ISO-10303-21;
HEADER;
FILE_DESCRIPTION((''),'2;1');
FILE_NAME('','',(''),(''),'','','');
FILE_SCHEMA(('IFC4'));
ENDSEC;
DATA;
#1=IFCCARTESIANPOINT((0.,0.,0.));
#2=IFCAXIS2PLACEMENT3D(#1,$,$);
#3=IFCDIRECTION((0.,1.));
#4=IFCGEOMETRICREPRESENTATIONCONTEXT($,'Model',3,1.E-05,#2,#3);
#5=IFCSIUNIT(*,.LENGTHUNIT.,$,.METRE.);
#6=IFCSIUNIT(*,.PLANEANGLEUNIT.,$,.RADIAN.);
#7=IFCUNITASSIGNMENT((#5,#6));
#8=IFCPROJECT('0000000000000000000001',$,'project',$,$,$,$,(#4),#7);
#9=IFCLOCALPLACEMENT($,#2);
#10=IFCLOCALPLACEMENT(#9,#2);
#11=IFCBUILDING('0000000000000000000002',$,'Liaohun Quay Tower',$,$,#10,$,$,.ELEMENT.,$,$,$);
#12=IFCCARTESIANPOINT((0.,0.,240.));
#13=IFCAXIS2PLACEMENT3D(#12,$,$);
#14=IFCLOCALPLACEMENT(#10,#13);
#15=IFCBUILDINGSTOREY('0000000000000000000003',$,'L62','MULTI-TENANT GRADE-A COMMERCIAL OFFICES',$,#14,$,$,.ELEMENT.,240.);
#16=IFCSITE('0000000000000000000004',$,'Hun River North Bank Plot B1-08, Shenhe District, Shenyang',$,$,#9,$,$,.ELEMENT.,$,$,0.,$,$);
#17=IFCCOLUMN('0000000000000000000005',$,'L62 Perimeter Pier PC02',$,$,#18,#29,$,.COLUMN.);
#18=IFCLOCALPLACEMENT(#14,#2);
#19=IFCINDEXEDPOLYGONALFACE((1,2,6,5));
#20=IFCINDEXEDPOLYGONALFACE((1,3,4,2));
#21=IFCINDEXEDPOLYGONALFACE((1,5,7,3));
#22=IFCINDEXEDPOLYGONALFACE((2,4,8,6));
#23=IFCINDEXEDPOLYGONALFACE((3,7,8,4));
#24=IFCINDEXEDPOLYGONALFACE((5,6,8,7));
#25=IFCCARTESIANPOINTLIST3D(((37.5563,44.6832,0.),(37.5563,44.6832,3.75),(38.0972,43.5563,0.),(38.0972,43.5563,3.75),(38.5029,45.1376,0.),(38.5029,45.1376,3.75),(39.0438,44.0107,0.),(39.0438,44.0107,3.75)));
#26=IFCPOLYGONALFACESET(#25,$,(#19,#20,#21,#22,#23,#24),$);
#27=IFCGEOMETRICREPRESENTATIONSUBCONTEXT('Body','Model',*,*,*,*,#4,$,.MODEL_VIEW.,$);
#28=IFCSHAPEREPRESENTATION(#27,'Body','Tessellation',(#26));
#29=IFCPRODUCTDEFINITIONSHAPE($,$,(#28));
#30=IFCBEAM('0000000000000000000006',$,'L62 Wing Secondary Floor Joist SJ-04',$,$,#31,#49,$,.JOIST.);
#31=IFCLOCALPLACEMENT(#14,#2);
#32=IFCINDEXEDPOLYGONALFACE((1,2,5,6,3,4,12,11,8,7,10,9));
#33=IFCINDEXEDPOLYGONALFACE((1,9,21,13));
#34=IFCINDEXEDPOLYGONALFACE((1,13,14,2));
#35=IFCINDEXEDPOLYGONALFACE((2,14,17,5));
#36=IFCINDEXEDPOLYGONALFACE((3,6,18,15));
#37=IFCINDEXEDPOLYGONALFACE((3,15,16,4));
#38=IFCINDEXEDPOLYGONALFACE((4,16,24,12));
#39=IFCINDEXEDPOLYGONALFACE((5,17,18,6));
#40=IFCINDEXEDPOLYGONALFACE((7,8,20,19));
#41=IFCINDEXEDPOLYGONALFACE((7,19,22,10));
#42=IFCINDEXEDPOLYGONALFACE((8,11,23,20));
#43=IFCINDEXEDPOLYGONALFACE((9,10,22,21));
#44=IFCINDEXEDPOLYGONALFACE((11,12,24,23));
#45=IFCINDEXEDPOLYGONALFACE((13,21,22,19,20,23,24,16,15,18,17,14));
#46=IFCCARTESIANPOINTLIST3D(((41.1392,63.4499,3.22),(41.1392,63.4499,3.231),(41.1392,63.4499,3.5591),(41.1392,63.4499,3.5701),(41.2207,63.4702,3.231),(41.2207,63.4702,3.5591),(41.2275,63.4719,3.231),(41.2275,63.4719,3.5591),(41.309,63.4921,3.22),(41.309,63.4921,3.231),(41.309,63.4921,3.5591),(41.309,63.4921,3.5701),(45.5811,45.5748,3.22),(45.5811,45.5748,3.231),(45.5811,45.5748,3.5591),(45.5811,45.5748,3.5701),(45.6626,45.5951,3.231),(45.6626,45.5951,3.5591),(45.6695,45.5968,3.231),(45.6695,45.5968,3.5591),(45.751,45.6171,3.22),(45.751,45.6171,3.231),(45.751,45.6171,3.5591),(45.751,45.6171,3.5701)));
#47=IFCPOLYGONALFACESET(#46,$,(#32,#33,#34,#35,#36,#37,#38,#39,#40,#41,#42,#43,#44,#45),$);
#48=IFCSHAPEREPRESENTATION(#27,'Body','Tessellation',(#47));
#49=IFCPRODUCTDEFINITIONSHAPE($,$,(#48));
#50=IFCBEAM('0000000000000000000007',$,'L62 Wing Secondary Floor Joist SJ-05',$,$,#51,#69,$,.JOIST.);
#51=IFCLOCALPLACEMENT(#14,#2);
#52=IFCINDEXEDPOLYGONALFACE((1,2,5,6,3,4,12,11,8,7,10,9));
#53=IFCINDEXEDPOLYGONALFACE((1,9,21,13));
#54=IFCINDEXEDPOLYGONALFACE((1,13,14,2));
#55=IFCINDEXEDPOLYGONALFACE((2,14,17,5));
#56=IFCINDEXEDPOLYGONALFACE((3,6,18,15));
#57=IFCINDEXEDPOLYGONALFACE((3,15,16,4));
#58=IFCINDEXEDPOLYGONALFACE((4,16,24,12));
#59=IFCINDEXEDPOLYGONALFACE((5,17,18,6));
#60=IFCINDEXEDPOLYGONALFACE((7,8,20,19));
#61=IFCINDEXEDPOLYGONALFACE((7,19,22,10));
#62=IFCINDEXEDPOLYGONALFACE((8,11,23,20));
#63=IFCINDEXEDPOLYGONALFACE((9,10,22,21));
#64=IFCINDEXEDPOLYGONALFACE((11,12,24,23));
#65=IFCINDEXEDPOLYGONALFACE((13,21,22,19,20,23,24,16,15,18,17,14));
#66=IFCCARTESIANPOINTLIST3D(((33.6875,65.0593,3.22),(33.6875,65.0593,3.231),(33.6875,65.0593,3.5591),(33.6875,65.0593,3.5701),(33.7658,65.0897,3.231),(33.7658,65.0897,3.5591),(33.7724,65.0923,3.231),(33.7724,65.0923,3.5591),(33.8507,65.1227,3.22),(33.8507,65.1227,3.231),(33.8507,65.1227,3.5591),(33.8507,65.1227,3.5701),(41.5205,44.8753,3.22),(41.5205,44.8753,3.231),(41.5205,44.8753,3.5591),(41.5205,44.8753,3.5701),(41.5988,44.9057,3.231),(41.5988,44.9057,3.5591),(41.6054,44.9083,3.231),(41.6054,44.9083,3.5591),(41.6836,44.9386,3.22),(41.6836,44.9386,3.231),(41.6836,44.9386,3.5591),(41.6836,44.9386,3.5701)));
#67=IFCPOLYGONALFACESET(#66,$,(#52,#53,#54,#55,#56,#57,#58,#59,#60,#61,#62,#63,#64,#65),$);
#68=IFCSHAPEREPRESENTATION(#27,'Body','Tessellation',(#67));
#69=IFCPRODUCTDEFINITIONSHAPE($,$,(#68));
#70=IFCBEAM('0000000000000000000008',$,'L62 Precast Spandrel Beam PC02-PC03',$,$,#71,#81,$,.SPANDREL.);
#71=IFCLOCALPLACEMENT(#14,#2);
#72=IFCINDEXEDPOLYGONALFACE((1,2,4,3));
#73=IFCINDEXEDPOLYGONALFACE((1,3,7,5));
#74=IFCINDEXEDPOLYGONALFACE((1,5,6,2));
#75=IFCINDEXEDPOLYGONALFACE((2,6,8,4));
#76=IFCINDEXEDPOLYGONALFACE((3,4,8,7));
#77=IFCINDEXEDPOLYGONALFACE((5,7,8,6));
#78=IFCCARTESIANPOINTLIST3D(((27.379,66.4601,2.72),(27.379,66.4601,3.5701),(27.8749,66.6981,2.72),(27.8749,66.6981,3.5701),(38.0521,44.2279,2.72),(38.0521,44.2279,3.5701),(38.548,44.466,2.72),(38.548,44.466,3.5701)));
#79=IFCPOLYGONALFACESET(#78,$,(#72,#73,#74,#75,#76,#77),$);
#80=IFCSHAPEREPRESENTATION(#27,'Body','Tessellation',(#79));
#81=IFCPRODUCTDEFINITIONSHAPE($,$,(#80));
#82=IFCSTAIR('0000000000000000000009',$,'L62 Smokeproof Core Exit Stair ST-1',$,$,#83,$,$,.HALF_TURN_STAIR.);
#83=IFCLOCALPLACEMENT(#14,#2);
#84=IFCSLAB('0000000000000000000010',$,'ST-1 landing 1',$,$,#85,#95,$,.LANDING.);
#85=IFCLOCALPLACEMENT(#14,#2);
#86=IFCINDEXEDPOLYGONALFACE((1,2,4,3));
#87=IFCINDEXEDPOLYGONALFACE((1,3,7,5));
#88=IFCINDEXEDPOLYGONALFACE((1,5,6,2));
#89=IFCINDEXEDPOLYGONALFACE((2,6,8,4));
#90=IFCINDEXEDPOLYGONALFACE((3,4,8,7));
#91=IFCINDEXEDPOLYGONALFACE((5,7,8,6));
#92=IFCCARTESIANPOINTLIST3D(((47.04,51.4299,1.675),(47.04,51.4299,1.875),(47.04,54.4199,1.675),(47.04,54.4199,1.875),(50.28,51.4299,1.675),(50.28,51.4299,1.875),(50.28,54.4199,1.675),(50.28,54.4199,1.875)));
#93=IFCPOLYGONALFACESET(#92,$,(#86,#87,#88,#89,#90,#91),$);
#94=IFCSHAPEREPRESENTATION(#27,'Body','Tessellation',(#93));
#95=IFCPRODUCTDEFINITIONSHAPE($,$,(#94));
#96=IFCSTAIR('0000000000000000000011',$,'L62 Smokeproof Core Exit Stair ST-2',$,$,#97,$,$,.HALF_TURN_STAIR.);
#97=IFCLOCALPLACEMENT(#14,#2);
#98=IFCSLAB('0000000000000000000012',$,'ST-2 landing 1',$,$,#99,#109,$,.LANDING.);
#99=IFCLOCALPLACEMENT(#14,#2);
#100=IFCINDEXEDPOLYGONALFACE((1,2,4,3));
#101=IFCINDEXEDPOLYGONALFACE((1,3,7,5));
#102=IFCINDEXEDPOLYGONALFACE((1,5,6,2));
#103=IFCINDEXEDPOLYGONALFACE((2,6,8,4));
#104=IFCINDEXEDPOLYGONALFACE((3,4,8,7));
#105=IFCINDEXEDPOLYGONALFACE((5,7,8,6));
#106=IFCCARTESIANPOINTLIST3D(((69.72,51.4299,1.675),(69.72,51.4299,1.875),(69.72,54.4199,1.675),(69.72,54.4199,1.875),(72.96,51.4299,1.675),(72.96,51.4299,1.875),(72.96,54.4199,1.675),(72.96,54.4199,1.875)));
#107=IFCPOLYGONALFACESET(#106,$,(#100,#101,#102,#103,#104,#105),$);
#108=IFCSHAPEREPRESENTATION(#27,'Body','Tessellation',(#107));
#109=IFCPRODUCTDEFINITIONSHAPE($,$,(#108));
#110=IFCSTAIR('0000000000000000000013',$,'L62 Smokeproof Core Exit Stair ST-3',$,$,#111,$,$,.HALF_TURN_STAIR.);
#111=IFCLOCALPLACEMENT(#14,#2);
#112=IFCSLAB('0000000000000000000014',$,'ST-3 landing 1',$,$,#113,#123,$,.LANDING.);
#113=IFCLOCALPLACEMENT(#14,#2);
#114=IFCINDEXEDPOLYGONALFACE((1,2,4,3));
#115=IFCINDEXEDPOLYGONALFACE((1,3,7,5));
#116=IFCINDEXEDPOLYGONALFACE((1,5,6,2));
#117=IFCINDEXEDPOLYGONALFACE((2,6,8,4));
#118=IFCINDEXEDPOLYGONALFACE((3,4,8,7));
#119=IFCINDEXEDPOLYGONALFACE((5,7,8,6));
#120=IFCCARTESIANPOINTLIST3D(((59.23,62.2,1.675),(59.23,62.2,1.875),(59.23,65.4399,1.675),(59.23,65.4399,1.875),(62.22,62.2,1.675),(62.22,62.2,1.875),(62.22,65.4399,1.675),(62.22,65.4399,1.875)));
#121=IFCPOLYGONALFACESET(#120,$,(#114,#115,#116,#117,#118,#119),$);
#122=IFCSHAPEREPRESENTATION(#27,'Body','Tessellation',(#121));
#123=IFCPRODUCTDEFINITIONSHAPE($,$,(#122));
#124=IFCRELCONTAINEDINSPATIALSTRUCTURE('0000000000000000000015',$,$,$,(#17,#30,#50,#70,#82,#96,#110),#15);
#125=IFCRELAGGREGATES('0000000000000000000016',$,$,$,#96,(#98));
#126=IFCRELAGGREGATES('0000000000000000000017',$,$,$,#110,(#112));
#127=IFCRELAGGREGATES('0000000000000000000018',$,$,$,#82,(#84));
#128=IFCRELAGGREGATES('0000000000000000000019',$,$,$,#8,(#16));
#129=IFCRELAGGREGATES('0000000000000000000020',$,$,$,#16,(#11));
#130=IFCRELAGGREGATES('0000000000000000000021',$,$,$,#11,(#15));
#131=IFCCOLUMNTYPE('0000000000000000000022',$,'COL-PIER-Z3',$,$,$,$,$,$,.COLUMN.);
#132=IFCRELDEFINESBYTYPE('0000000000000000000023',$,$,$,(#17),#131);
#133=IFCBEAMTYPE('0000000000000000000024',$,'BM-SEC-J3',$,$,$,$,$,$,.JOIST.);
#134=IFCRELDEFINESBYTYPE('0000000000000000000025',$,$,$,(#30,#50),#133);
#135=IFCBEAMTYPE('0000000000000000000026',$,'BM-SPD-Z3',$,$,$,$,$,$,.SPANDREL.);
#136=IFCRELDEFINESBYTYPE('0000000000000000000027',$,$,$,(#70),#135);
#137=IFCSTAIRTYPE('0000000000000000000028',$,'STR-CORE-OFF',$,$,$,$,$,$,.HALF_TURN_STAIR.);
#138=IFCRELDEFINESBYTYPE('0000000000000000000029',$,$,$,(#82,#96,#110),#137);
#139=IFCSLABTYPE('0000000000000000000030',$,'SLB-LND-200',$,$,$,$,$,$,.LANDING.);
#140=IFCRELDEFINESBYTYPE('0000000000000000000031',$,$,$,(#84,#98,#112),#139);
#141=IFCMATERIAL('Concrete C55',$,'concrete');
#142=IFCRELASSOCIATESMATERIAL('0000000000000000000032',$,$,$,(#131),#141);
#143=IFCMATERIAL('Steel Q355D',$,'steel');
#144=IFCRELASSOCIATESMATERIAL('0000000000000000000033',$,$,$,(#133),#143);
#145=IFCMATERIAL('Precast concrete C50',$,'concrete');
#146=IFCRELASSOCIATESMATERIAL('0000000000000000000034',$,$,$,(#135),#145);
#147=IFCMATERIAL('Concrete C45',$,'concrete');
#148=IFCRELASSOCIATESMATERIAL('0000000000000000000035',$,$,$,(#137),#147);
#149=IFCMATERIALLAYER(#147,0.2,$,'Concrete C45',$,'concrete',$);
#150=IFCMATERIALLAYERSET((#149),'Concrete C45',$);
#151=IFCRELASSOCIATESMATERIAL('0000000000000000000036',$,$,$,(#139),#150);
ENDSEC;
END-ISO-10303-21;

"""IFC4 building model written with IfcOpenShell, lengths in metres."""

from ifc_helpers import new_model, si_unit, direction, frame, origin, origin_2d, place, context, subcontext, project, spatial, polyline, rectangle, i_section, outline, extrude, source, transform, mapped, material, layer, layer_set, material_profile, profile_set, type_object, element, aggregate, save


model = new_model("IFC4")

# Units and contexts
model_context = context("Model", 3, precision=1e-05, world=origin(), true_north=direction((0.0, 1.0)))
body_context = subcontext(model_context, "Body", "Model", "MODEL_VIEW")
ifc_project = project(units=[si_unit("LENGTHUNIT", "METRE"), si_unit("PLANEANGLEUNIT", "RADIAN")], contexts=[model_context])

# Site, building, storey
site_placement = place(None, origin())
site = spatial("IfcSite", under=ifc_project, at=site_placement, Name="Hun River North Bank Plot B1-08, Shenhe District, Shenyang", CompositionType="ELEMENT", RefElevation=0.0)
building_placement = place(site_placement, origin())
building = spatial("IfcBuilding", under=site, at=building_placement, Name="Liaohun Quay Tower", CompositionType="ELEMENT")
storey_placement = place(building_placement, frame((0.0, 0.0, 240.0)))
storey = spatial("IfcBuildingStorey", under=building, at=storey_placement, Name="L62", Description="MULTI-TENANT GRADE-A COMMERCIAL OFFICES", CompositionType="ELEMENT", Elevation=240.0)

# Column
ifc_material_1 = material(Name="Concrete C55", Category="concrete")
ifc_material_profile_1 = material_profile(ifc_material_1, rectangle(XDim=1.25, YDim=1.05, at=origin_2d()), Name="RC1250x1050")
ifc_profile_set_1 = profile_set([ifc_material_profile_1], Name="Concrete C55")
column_type = type_object("IfcColumnType", Name="COL-PIER-Z3", PredefinedType="COLUMN", material=ifc_profile_set_1)
shared_shape_1 = source(origin(), body_context, "Body", "SweptSolid", [
    extrude(rectangle(XDim=1.25, YDim=1.05, at=origin_2d()), origin(), (0.0, 0.0, 1.0), 3.75),
])
column_placement = place(storey_placement, frame((38.3, 44.3469, 0.0), z_axis=(0.0, 0.0, 1.0), x_axis=(-0.432715, 0.901531, 0.0)))
element("IfcColumn", 1, at=column_placement, inside=storey, type_object=column_type, Name="L62 Perimeter Pier PC02", PredefinedType="COLUMN", context=body_context, shape_type="MappedRepresentation", body=[
    mapped(shared_shape_1, transform((0.0, 0.0, 0.0), x_axis=(1.0, 0.0, 0.0), y_axis=(0.0, 1.0, 0.0), z_axis=(0.0, 0.0, 1.0), scale=1.0)),
])

# Beams
ifc_material_2 = material(Name="Steel Q355D", Category="steel")
ifc_material_profile_2 = material_profile(ifc_material_2, i_section(OverallWidth=0.175, OverallDepth=0.3501, WebThickness=0.0071, FlangeThickness=0.011, at=origin_2d()), Name="HN350x175x7x11")
ifc_profile_set_2 = profile_set([ifc_material_profile_2], Name="Steel Q355D")
beam_type_1 = type_object("IfcBeamType", Name="BM-SEC-J3", PredefinedType="JOIST", material=ifc_profile_set_2)
shared_shape_2 = source(origin(), body_context, "Body", "SweptSolid", [
    extrude(i_section(OverallWidth=0.175, OverallDepth=0.3501, WebThickness=0.0071, FlangeThickness=0.011, at=origin_2d()), origin(), (0.0, 0.0, 1.0), 18.4187),
])
beam_1_placement = place(storey_placement, frame((45.666, 45.5959, 3.395), z_axis=(-0.241163, 0.970485, 0.0), x_axis=(-0.970485, -0.241163, 0.0)))
element("IfcBeam", 2, at=beam_1_placement, inside=storey, type_object=beam_type_1, Name="L62 Wing Secondary Floor Joist SJ-04", PredefinedType="JOIST", context=body_context, shape_type="MappedRepresentation", body=[
    mapped(shared_shape_2, transform((0.0, 0.0, 0.0), x_axis=(1.0, 0.0, 0.0), y_axis=(0.0, 1.0, 0.0), z_axis=(0.0, 0.0, 1.0), scale=1.0)),
])
shared_shape_3 = source(origin(), body_context, "Body", "SweptSolid", [
    extrude(i_section(OverallWidth=0.175, OverallDepth=0.3501, WebThickness=0.0071, FlangeThickness=0.011, at=origin_2d()), origin(), (0.0, 0.0, 1.0), 21.6506),
])
beam_2_placement = place(storey_placement, frame((41.6021, 44.907, 3.395), z_axis=(-0.36179, 0.93226, 0.0), x_axis=(-0.93226, -0.36179, 0.0)))
element("IfcBeam", 3, at=beam_2_placement, inside=storey, type_object=beam_type_1, Name="L62 Wing Secondary Floor Joist SJ-05", PredefinedType="JOIST", context=body_context, shape_type="MappedRepresentation", body=[
    mapped(shared_shape_3, transform((0.0, 0.0, 0.0), x_axis=(1.0, 0.0, 0.0), y_axis=(0.0, 1.0, 0.0), z_axis=(0.0, 0.0, 1.0), scale=1.0)),
])
ifc_material_3 = material(Name="Precast concrete C50", Category="concrete")
ifc_material_profile_3 = material_profile(ifc_material_3, rectangle(XDim=0.55, YDim=0.8501, at=origin_2d()), Name="RC550x850")
ifc_profile_set_3 = profile_set([ifc_material_profile_3], Name="Precast concrete C50")
beam_type_2 = type_object("IfcBeamType", Name="BM-SPD-Z3", PredefinedType="SPANDREL", material=ifc_profile_set_3)
shared_shape_4 = source(origin(), body_context, "Body", "SweptSolid", [
    extrude(rectangle(XDim=0.55, YDim=0.8501, at=origin_2d()), origin(), (0.0, 0.0, 1.0), 24.6614),
])
beam_3_placement = place(storey_placement, frame((38.3, 44.3469, 3.145), z_axis=(-0.432785, 0.901497, 0.0), x_axis=(-0.901497, -0.432785, 0.0)))
element("IfcBeam", 4, at=beam_3_placement, inside=storey, type_object=beam_type_2, Name="L62 Precast Spandrel Beam PC02-PC03", PredefinedType="SPANDREL", context=body_context, shape_type="MappedRepresentation", body=[
    mapped(shared_shape_4, transform((0.0, 0.0, 0.0), x_axis=(1.0, 0.0, 0.0), y_axis=(0.0, 1.0, 0.0), z_axis=(0.0, 0.0, 1.0), scale=1.0)),
])

# Stairs, slabs
ifc_material_4 = material(Name="Concrete C45", Category="concrete")
stair_type = type_object("IfcStairType", Name="STR-CORE-OFF", PredefinedType="HALF_TURN_STAIR", material=ifc_material_4)
stair_1_placement = place(storey_placement, origin())
stair_1 = element("IfcStair", 5, at=stair_1_placement, inside=storey, type_object=stair_type, Name="L62 Smokeproof Core Exit Stair ST-1", PredefinedType="HALF_TURN_STAIR")
ifc_layer_1 = layer(ifc_material_4, 0.2, Name="Concrete C45", Category="concrete")
ifc_layer_set_1 = layer_set([ifc_layer_1], Name="Concrete C45")
slab_type_1 = type_object("IfcSlabType", Name="SLB-LND-200", PredefinedType="LANDING", material=ifc_layer_set_1)
slab_1_placement = place(storey_placement, frame((0.0, 0.0, 1.675)))
slab_1 = element("IfcSlab", 6, at=slab_1_placement, type_object=slab_type_1, Name="ST-1 landing 1", PredefinedType="LANDING", context=body_context, shape_type="SweptSolid", body=[
    extrude(outline(polyline([(50.28, 51.4299), (50.28, 54.4199), (47.04, 54.4199), (47.04, 51.4299), (50.28, 51.4299)])), origin(), (0.0, 0.0, 1.0), 0.2),
])
stair_2_placement = place(storey_placement, origin())
stair_2 = element("IfcStair", 7, at=stair_2_placement, inside=storey, type_object=stair_type, Name="L62 Smokeproof Core Exit Stair ST-2", PredefinedType="HALF_TURN_STAIR")
slab_2_placement = place(storey_placement, frame((0.0, 0.0, 1.675)))
slab_2 = element("IfcSlab", 8, at=slab_2_placement, type_object=slab_type_1, Name="ST-2 landing 1", PredefinedType="LANDING", context=body_context, shape_type="SweptSolid", body=[
    extrude(outline(polyline([(72.96, 51.4299), (72.96, 54.4199), (69.72, 54.4199), (69.72, 51.4299), (72.96, 51.4299)])), origin(), (0.0, 0.0, 1.0), 0.2),
])
aggregate(stair_2, [slab_2])
stair_3_placement = place(storey_placement, origin())
stair_3 = element("IfcStair", 9, at=stair_3_placement, inside=storey, type_object=stair_type, Name="L62 Smokeproof Core Exit Stair ST-3", PredefinedType="HALF_TURN_STAIR")
slab_3_placement = place(storey_placement, frame((0.0, 0.0, 1.675)))
slab_3 = element("IfcSlab", 10, at=slab_3_placement, type_object=slab_type_1, Name="ST-3 landing 1", PredefinedType="LANDING", context=body_context, shape_type="SweptSolid", body=[
    extrude(outline(polyline([(59.23, 62.2), (62.22, 62.2), (62.22, 65.4399), (59.23, 65.4399), (59.23, 62.2)])), origin(), (0.0, 0.0, 1.0), 0.2),
])
aggregate(stair_3, [slab_3])

aggregate(stair_1, [slab_1])

save(model, "model.ifc")
